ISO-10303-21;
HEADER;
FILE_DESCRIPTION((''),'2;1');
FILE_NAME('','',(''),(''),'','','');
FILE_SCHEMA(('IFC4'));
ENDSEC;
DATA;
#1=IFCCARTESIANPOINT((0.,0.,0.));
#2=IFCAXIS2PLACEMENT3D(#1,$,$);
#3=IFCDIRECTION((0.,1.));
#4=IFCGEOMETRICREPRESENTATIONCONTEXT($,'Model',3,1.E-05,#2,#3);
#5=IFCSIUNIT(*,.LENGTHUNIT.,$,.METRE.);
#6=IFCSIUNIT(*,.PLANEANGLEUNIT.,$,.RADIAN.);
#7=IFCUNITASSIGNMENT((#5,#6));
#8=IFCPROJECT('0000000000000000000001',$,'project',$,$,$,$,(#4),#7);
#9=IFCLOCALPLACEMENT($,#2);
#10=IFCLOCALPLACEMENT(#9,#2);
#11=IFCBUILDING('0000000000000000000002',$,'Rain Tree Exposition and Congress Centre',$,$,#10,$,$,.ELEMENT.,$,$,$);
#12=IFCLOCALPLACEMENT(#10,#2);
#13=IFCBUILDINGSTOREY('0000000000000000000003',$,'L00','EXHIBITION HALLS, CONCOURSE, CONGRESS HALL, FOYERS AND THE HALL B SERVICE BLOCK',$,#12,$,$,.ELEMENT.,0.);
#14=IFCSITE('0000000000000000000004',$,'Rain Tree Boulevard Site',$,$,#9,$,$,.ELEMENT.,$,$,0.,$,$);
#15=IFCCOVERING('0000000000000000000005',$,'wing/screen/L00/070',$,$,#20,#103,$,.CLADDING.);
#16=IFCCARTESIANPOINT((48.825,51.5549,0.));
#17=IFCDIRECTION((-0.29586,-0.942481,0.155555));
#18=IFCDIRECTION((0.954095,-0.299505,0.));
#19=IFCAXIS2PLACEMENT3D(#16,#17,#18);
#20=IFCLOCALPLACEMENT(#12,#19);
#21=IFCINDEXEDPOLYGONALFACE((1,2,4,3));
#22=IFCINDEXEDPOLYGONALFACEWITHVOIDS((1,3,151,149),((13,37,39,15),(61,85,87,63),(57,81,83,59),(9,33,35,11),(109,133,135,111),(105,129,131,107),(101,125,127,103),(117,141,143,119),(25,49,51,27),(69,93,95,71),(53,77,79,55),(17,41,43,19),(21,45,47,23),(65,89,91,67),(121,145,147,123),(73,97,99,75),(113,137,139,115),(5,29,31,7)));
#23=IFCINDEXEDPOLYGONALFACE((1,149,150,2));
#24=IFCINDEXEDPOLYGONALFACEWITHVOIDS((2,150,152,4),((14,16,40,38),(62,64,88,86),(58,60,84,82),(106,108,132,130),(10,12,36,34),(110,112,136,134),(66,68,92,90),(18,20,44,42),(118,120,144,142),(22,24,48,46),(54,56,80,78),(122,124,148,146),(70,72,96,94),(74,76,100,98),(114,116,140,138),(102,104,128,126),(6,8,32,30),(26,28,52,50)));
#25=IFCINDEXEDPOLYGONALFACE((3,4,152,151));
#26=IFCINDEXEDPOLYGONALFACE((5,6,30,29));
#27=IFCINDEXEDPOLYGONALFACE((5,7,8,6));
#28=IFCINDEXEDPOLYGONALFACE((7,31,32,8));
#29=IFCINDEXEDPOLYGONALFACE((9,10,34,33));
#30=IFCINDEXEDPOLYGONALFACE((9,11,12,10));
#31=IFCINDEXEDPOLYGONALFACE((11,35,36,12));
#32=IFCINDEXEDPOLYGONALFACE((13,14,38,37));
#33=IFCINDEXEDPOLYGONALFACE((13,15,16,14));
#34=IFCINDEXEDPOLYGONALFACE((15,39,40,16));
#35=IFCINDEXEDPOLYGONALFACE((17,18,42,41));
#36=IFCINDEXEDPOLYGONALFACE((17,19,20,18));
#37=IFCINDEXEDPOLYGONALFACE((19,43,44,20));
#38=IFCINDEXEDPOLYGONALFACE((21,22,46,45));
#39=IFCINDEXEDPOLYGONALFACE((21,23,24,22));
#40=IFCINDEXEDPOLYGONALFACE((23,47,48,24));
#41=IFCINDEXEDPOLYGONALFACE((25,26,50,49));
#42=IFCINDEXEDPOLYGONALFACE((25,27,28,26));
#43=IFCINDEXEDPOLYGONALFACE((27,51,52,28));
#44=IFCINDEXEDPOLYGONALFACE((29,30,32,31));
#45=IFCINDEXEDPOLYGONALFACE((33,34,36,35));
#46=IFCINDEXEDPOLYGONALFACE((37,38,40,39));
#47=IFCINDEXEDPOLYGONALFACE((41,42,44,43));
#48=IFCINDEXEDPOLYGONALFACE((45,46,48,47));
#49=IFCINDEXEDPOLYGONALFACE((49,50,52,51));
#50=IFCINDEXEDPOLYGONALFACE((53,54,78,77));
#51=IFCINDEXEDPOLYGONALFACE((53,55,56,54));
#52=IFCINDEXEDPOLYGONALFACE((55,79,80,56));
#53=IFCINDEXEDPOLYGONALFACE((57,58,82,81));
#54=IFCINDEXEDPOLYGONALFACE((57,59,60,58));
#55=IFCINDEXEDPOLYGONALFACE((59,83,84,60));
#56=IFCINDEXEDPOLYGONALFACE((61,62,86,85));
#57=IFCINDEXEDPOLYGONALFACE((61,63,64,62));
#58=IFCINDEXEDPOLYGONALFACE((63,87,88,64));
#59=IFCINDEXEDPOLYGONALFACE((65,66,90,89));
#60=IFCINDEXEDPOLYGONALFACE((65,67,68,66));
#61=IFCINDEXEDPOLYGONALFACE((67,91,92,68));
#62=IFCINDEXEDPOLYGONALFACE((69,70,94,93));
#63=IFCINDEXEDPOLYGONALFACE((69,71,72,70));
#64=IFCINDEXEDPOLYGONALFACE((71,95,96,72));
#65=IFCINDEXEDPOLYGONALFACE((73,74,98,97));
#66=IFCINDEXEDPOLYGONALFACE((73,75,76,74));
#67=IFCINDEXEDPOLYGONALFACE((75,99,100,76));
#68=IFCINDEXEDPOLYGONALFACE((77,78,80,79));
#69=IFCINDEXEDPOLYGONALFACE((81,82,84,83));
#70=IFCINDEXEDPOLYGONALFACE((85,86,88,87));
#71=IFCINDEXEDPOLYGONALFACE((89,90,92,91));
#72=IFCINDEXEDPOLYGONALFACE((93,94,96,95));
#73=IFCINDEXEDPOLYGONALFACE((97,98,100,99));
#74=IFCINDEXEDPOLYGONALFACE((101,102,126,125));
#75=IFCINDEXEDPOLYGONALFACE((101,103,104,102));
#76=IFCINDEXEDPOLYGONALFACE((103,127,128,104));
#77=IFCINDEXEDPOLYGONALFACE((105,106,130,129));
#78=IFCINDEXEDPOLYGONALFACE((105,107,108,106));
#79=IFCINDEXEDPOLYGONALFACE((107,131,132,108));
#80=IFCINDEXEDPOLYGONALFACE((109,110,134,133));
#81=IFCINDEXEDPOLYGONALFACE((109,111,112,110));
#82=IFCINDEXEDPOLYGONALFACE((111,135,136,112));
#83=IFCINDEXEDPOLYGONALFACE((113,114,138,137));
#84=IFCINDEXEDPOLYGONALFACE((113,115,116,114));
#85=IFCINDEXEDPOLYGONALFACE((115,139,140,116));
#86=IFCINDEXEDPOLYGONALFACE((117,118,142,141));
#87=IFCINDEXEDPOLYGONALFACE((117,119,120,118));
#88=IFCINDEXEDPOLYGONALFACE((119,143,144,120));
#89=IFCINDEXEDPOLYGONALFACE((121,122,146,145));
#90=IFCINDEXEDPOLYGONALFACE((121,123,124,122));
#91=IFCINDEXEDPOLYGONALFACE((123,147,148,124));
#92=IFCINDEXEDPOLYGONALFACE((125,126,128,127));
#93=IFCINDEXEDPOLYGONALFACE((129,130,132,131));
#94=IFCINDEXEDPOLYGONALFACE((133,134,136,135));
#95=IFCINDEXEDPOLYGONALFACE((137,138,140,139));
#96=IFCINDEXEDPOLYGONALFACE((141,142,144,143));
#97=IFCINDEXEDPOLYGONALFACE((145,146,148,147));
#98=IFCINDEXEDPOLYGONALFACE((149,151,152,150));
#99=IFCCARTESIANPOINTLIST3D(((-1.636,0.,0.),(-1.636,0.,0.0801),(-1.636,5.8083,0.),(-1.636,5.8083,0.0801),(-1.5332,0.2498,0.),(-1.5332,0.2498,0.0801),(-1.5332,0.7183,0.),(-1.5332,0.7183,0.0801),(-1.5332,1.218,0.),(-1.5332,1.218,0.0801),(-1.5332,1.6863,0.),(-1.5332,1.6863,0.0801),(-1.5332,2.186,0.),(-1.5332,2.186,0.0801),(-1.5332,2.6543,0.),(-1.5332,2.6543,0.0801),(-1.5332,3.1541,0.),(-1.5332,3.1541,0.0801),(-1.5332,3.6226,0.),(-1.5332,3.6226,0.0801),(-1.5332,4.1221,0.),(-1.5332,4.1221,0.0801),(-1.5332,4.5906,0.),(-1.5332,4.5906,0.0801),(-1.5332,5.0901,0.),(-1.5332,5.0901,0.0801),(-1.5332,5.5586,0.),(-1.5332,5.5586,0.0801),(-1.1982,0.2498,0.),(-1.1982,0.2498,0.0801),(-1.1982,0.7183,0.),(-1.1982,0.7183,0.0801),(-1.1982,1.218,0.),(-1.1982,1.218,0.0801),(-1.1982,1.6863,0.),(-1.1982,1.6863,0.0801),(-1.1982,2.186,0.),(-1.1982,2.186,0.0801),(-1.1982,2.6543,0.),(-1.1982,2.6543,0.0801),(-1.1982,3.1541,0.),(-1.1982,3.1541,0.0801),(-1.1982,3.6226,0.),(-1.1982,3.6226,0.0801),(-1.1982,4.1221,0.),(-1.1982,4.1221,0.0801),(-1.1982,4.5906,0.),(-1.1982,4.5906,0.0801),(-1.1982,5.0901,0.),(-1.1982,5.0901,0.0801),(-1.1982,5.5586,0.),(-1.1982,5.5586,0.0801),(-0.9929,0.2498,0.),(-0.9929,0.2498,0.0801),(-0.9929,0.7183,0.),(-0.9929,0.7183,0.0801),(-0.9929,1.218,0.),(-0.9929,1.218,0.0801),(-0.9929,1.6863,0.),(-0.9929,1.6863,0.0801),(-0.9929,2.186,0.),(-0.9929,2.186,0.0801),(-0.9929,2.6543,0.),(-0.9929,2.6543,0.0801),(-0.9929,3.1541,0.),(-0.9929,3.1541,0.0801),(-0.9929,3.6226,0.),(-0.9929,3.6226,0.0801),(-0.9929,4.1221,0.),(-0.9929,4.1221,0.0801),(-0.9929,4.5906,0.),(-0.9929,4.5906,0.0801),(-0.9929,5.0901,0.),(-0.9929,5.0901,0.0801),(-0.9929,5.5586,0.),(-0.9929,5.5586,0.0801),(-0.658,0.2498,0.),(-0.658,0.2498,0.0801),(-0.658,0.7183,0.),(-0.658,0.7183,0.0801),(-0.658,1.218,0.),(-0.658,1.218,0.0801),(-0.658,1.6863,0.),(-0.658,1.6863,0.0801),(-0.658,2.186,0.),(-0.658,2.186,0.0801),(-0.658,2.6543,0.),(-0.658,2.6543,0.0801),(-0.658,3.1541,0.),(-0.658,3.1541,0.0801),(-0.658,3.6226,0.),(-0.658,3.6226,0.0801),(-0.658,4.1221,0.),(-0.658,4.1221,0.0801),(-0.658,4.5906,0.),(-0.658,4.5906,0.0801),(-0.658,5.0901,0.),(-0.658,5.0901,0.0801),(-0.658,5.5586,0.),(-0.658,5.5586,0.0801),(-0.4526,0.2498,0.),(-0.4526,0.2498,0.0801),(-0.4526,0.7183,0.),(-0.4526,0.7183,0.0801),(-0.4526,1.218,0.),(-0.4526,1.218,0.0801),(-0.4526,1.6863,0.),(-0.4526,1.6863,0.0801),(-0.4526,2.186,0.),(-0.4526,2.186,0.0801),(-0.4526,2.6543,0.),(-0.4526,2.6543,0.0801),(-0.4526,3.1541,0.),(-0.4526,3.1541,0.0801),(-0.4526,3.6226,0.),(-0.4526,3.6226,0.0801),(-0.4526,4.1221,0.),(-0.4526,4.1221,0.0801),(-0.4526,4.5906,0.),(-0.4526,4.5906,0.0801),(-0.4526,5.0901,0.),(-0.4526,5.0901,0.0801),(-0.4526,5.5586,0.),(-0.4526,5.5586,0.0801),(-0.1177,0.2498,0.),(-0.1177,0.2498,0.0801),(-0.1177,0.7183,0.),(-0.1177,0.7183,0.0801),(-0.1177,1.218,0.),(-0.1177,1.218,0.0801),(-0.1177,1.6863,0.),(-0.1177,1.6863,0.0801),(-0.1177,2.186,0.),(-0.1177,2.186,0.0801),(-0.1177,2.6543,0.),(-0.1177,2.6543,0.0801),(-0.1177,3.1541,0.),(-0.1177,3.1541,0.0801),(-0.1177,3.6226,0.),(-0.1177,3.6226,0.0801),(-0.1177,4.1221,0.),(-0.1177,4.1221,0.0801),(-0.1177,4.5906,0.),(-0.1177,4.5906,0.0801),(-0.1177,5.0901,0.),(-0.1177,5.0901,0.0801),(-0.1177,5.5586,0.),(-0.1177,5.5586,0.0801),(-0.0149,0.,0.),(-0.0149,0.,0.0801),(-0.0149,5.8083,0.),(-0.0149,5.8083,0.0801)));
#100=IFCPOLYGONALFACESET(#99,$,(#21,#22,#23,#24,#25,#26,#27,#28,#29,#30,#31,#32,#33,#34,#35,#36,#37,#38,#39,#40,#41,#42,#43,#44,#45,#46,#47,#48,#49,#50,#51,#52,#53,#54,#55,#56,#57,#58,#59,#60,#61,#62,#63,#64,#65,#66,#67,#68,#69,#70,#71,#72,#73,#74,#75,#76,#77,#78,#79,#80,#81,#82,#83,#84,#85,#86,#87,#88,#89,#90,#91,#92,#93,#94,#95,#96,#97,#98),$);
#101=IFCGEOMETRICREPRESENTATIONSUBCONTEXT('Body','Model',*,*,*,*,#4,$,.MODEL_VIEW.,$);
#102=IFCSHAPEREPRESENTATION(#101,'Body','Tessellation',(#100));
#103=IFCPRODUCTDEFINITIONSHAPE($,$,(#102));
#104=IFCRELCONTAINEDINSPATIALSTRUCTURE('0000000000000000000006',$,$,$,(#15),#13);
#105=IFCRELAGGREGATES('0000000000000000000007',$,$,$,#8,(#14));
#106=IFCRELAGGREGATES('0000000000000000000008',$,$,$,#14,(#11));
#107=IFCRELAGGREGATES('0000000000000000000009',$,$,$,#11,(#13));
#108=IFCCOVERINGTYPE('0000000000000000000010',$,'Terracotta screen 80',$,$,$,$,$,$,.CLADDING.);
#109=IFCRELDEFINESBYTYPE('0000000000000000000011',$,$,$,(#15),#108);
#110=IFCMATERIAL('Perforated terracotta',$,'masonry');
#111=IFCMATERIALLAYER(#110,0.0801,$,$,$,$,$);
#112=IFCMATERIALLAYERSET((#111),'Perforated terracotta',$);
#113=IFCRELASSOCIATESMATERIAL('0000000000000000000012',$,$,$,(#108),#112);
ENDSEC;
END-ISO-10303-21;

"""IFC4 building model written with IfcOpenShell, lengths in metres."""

from ifc_helpers import new_model, si_unit, direction, frame, origin, place, context, subcontext, project, spatial, polyline, outline, extrude, material, layer, layer_set, type_object, element, save


model = new_model("IFC4")

# Units and contexts
model_context = context("Model", 3, precision=1e-05, world=origin(), true_north=direction((0.0, 1.0)))
body_context = subcontext(model_context, "Body", "Model", "MODEL_VIEW")
ifc_project = project(units=[si_unit("LENGTHUNIT", "METRE"), si_unit("PLANEANGLEUNIT", "RADIAN")], contexts=[model_context])

# Site, building, storey
site_placement = place(None, origin())
site = spatial("IfcSite", under=ifc_project, at=site_placement, Name="Rain Tree Boulevard Site", CompositionType="ELEMENT", RefElevation=0.0)
building_placement = place(site_placement, origin())
building = spatial("IfcBuilding", under=site, at=building_placement, Name="Rain Tree Exposition and Congress Centre", CompositionType="ELEMENT")
storey_placement = place(building_placement, origin())
storey = spatial("IfcBuildingStorey", under=building, at=storey_placement, Name="L00", Description="EXHIBITION HALLS, CONCOURSE, CONGRESS HALL, FOYERS AND THE HALL B SERVICE BLOCK", CompositionType="ELEMENT", Elevation=0.0)

# Covering
ifc_material_1 = material(Name="Perforated terracotta", Category="masonry")
ifc_layer_1 = layer(ifc_material_1, 0.0801)
ifc_layer_set_1 = layer_set([ifc_layer_1], Name="Perforated terracotta")
covering_type = type_object("IfcCoveringType", Name="Terracotta screen 80", PredefinedType="CLADDING", material=ifc_layer_set_1)
covering_1_placement = place(storey_placement, frame((48.825, 51.5549, 0.0), z_axis=(-0.29586, -0.942481, 0.155555), x_axis=(0.954095, -0.299505, 0.0)))
element("IfcCovering", 1, at=covering_1_placement, inside=storey, type_object=covering_type, Name="wing/screen/L00/070", PredefinedType="CLADDING", context=body_context, shape_type="SweptSolid", body=[
    extrude(outline(polyline([(-0.0149, 5.8083), (-0.0149, 0.0), (-1.636, 0.0), (-1.636, 5.8083), (-0.0149, 5.8083)]), holes=[polyline([(-0.1177, 0.2498), (-0.1177, 0.7183), (-0.4526, 0.7183), (-0.4526, 0.2498), (-0.1177, 0.2498)]), polyline([(-0.1177, 1.218), (-0.1177, 1.6863), (-0.4526, 1.6863), (-0.4526, 1.218), (-0.1177, 1.218)]), polyline([(-0.1177, 2.186), (-0.1177, 2.6543), (-0.4526, 2.6543), (-0.4526, 2.186), (-0.1177, 2.186)]), polyline([(-0.1177, 3.1541), (-0.1177, 3.6226), (-0.4526, 3.6226), (-0.4526, 3.1541), (-0.1177, 3.1541)]), polyline([(-0.1177, 4.1221), (-0.1177, 4.5906), (-0.4526, 4.5906), (-0.4526, 4.1221), (-0.1177, 4.1221)]), polyline([(-0.1177, 5.0901), (-0.1177, 5.5586), (-0.4526, 5.5586), (-0.4526, 5.0901), (-0.1177, 5.0901)]), polyline([(-0.658, 0.2498), (-0.658, 0.7183), (-0.9929, 0.7183), (-0.9929, 0.2498), (-0.658, 0.2498)]), polyline([(-0.658, 1.218), (-0.658, 1.6863), (-0.9929, 1.6863), (-0.9929, 1.218), (-0.658, 1.218)]), polyline([(-0.658, 2.186), (-0.658, 2.6543), (-0.9929, 2.6543), (-0.9929, 2.186), (-0.658, 2.186)]), polyline([(-0.658, 3.1541), (-0.658, 3.6226), (-0.9929, 3.6226), (-0.9929, 3.1541), (-0.658, 3.1541)]), polyline([(-0.658, 4.1221), (-0.658, 4.5906), (-0.9929, 4.5906), (-0.9929, 4.1221), (-0.658, 4.1221)]), polyline([(-0.658, 5.0901), (-0.658, 5.5586), (-0.9929, 5.5586), (-0.9929, 5.0901), (-0.658, 5.0901)]), polyline([(-1.1982, 0.2498), (-1.1982, 0.7183), (-1.5332, 0.7183), (-1.5332, 0.2498), (-1.1982, 0.2498)]), polyline([(-1.1982, 1.218), (-1.1982, 1.6863), (-1.5332, 1.6863), (-1.5332, 1.218), (-1.1982, 1.218)]), polyline([(-1.1982, 2.186), (-1.1982, 2.6543), (-1.5332, 2.6543), (-1.5332, 2.186), (-1.1982, 2.186)]), polyline([(-1.1982, 3.1541), (-1.1982, 3.6226), (-1.5332, 3.6226), (-1.5332, 3.1541), (-1.1982, 3.1541)]), polyline([(-1.1982, 4.1221), (-1.1982, 4.5906), (-1.5332, 4.5906), (-1.5332, 4.1221), (-1.1982, 4.1221)]), polyline([(-1.1982, 5.0901), (-1.1982, 5.5586), (-1.5332, 5.5586), (-1.5332, 5.0901), (-1.1982, 5.0901)])]), origin(), (0.0, 0.0, 1.0), 0.0801),
])

save(model, "model.ifc")
